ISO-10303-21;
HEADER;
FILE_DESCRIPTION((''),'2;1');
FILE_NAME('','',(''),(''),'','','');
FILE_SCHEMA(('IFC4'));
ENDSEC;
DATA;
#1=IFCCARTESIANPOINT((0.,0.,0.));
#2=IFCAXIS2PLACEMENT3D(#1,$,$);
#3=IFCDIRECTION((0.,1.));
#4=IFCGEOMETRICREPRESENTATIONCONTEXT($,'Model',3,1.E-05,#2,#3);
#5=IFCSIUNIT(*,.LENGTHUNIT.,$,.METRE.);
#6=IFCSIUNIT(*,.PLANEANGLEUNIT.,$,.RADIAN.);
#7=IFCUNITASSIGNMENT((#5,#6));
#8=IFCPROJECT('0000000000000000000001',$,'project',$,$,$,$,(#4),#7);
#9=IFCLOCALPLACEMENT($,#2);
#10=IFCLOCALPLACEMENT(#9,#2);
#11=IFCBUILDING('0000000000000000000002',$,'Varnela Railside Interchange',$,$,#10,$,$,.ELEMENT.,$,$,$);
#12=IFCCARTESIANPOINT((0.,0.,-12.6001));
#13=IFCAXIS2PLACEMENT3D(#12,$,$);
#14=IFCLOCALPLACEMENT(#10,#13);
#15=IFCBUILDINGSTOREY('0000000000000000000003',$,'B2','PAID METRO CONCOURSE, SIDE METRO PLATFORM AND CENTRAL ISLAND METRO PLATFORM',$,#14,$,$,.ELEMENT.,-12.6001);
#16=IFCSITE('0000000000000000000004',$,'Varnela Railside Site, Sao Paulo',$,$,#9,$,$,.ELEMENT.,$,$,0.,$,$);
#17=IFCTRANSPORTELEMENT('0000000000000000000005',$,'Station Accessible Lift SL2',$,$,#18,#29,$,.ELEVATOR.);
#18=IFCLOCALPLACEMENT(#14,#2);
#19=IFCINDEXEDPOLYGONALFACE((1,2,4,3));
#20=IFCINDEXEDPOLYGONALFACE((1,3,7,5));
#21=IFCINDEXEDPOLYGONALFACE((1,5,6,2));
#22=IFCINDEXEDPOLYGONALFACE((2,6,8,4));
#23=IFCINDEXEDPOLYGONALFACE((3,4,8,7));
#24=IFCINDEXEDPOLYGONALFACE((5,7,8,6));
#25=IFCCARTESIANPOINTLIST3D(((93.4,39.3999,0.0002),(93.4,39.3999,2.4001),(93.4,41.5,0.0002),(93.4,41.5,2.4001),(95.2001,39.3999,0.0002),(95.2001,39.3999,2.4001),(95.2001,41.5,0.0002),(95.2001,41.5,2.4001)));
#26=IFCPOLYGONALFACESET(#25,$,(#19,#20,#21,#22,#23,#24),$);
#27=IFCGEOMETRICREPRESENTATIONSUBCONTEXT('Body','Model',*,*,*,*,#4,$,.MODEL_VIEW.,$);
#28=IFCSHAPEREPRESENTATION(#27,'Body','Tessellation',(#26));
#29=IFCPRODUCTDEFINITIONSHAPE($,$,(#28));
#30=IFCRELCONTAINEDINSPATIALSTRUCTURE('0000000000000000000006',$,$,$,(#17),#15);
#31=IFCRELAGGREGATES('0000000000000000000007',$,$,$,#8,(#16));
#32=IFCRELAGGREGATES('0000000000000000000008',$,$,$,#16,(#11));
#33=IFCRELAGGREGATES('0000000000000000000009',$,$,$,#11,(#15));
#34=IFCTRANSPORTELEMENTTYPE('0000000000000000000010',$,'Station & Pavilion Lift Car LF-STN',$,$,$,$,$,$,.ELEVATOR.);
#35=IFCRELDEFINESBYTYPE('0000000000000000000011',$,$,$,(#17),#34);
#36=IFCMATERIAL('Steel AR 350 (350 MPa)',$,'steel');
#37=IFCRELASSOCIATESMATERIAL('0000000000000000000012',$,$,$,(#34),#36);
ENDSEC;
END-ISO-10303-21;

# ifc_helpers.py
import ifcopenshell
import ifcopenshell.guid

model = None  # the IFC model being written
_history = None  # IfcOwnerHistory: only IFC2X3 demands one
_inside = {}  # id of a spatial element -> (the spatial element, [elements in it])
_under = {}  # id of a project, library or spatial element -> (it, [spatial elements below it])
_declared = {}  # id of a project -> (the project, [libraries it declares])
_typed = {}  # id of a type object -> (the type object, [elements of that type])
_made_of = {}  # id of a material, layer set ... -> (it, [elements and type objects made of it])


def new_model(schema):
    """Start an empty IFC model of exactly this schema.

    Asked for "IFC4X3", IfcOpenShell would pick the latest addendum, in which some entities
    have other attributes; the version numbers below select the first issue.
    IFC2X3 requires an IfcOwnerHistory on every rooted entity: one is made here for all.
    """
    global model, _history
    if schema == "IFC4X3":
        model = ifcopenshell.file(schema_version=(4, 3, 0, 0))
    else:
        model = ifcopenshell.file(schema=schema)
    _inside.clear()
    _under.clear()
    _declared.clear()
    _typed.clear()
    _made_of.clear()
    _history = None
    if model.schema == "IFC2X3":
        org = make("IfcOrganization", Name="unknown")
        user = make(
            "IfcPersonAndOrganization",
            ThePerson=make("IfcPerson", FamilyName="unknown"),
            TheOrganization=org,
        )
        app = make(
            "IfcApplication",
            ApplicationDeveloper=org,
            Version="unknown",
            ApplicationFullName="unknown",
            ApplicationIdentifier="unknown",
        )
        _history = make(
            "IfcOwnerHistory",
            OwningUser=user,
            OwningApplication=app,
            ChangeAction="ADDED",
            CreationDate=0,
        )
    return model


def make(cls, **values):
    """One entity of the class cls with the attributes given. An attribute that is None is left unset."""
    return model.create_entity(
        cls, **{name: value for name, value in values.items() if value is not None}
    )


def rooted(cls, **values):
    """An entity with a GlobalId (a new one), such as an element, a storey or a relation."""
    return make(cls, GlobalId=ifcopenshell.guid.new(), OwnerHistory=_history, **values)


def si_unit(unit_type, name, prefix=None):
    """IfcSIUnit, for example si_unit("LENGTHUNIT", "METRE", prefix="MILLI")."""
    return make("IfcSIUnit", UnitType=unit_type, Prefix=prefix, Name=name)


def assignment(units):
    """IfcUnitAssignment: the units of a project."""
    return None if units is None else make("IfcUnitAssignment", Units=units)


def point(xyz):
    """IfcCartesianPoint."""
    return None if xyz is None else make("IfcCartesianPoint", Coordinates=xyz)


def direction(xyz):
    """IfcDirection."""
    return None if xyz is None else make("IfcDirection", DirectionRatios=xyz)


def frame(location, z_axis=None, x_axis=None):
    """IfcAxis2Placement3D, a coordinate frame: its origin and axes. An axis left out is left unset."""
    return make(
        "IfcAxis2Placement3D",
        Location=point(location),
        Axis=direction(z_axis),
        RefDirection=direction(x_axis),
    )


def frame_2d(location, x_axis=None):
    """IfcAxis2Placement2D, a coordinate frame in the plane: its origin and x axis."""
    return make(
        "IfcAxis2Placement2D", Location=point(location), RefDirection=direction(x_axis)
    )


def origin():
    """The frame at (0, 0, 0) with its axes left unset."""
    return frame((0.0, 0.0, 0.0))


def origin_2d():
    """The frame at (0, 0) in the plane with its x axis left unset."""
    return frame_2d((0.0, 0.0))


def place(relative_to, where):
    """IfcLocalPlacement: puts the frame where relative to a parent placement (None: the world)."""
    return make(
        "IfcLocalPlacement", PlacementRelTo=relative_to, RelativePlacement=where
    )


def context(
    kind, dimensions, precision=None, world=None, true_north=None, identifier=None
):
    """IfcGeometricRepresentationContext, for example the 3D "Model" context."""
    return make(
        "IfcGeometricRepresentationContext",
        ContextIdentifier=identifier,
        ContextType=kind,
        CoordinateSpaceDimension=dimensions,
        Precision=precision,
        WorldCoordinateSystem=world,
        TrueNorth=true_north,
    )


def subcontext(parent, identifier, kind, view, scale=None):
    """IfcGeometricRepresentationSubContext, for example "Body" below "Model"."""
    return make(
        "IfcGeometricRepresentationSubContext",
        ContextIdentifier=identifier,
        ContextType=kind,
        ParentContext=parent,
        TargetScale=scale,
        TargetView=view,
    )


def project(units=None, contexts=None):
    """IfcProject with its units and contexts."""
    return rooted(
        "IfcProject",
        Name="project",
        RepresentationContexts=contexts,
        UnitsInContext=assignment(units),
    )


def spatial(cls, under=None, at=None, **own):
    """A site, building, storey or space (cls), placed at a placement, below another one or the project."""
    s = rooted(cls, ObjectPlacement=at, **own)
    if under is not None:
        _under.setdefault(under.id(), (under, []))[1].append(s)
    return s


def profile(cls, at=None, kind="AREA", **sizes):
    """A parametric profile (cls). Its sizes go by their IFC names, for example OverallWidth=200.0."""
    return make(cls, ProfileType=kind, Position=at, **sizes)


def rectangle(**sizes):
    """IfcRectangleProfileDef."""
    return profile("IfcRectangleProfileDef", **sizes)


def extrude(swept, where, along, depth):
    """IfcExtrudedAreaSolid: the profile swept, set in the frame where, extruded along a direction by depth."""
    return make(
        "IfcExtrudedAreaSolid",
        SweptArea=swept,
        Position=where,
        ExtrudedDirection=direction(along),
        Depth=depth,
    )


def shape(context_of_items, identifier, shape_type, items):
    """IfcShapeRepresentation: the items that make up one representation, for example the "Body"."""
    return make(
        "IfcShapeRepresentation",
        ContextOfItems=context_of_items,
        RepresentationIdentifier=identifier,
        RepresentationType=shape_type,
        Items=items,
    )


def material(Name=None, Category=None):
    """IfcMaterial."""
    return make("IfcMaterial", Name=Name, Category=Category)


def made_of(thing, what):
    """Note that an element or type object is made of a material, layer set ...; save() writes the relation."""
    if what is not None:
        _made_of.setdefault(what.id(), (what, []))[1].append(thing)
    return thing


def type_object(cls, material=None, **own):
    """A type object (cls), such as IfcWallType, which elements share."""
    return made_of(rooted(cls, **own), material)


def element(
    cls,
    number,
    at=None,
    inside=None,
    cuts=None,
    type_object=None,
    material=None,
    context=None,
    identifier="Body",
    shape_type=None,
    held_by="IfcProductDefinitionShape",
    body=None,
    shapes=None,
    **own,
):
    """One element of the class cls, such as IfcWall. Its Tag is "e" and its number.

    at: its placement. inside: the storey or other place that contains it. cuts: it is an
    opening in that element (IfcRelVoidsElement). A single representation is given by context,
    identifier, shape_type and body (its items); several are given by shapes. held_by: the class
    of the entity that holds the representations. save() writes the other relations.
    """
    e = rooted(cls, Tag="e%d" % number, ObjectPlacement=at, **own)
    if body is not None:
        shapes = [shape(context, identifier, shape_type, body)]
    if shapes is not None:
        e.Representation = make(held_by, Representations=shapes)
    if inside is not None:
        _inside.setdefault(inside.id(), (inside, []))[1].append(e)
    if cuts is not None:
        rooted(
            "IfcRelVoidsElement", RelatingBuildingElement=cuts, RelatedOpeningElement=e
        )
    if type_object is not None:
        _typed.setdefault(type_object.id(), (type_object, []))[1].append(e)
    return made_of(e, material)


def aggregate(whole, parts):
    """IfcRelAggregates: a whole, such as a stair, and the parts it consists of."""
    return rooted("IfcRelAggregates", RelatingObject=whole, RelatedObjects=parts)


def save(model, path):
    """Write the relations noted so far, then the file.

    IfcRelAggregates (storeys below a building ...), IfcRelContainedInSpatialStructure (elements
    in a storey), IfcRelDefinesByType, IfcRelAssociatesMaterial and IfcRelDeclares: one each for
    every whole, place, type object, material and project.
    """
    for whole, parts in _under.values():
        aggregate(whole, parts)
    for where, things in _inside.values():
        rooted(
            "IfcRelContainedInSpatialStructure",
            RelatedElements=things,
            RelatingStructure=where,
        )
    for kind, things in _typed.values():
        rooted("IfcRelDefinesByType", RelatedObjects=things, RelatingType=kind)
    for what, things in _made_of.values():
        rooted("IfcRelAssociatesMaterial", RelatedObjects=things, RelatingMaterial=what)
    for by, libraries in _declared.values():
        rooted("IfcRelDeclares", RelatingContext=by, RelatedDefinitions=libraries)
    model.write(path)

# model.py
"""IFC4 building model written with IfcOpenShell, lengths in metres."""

from ifc_helpers import new_model, si_unit, direction, frame, origin, origin_2d, place, context, subcontext, project, spatial, rectangle, extrude, material, type_object, element, save


model = new_model("IFC4")

# Units and contexts
model_context = context("Model", 3, precision=1e-05, world=origin(), true_north=direction((0.0, 1.0)))
body_context = subcontext(model_context, "Body", "Model", "MODEL_VIEW")
ifc_project = project(units=[si_unit("LENGTHUNIT", "METRE"), si_unit("PLANEANGLEUNIT", "RADIAN")], contexts=[model_context])

# Site, building, storey
site_placement = place(None, origin())
site = spatial("IfcSite", under=ifc_project, at=site_placement, Name="Varnela Railside Site, Sao Paulo", CompositionType="ELEMENT", RefElevation=0.0)
building_placement = place(site_placement, origin())
building = spatial("IfcBuilding", under=site, at=building_placement, Name="Varnela Railside Interchange", CompositionType="ELEMENT")
storey_placement = place(building_placement, frame((0.0, 0.0, -12.6001)))
storey = spatial("IfcBuildingStorey", under=building, at=storey_placement, Name="B2", Description="PAID METRO CONCOURSE, SIDE METRO PLATFORM AND CENTRAL ISLAND METRO PLATFORM", CompositionType="ELEMENT", Elevation=-12.6001)

# Shared definitions
ifc_material_1 = material(Name="Steel AR 350 (350 MPa)", Category="steel")

# Transport element
transport_element_type = type_object("IfcTransportElementType", Name="Station & Pavilion Lift Car LF-STN", PredefinedType="ELEVATOR", material=ifc_material_1)
transport_element_placement = place(storey_placement, frame((94.3, 40.45, 0.0002), z_axis=(0.0, 0.0, 1.0), x_axis=(1.0, 0.0, 0.0)))
element("IfcTransportElement", 1, at=transport_element_placement, inside=storey, type_object=transport_element_type, Name="Station Accessible Lift SL2", PredefinedType="ELEVATOR", context=body_context, shape_type="SweptSolid", body=[
    extrude(rectangle(XDim=1.8, YDim=2.1001, at=origin_2d()), origin(), (0.0, 0.0, 1.0), 2.3999),
])

save(model, "model.ifc")
